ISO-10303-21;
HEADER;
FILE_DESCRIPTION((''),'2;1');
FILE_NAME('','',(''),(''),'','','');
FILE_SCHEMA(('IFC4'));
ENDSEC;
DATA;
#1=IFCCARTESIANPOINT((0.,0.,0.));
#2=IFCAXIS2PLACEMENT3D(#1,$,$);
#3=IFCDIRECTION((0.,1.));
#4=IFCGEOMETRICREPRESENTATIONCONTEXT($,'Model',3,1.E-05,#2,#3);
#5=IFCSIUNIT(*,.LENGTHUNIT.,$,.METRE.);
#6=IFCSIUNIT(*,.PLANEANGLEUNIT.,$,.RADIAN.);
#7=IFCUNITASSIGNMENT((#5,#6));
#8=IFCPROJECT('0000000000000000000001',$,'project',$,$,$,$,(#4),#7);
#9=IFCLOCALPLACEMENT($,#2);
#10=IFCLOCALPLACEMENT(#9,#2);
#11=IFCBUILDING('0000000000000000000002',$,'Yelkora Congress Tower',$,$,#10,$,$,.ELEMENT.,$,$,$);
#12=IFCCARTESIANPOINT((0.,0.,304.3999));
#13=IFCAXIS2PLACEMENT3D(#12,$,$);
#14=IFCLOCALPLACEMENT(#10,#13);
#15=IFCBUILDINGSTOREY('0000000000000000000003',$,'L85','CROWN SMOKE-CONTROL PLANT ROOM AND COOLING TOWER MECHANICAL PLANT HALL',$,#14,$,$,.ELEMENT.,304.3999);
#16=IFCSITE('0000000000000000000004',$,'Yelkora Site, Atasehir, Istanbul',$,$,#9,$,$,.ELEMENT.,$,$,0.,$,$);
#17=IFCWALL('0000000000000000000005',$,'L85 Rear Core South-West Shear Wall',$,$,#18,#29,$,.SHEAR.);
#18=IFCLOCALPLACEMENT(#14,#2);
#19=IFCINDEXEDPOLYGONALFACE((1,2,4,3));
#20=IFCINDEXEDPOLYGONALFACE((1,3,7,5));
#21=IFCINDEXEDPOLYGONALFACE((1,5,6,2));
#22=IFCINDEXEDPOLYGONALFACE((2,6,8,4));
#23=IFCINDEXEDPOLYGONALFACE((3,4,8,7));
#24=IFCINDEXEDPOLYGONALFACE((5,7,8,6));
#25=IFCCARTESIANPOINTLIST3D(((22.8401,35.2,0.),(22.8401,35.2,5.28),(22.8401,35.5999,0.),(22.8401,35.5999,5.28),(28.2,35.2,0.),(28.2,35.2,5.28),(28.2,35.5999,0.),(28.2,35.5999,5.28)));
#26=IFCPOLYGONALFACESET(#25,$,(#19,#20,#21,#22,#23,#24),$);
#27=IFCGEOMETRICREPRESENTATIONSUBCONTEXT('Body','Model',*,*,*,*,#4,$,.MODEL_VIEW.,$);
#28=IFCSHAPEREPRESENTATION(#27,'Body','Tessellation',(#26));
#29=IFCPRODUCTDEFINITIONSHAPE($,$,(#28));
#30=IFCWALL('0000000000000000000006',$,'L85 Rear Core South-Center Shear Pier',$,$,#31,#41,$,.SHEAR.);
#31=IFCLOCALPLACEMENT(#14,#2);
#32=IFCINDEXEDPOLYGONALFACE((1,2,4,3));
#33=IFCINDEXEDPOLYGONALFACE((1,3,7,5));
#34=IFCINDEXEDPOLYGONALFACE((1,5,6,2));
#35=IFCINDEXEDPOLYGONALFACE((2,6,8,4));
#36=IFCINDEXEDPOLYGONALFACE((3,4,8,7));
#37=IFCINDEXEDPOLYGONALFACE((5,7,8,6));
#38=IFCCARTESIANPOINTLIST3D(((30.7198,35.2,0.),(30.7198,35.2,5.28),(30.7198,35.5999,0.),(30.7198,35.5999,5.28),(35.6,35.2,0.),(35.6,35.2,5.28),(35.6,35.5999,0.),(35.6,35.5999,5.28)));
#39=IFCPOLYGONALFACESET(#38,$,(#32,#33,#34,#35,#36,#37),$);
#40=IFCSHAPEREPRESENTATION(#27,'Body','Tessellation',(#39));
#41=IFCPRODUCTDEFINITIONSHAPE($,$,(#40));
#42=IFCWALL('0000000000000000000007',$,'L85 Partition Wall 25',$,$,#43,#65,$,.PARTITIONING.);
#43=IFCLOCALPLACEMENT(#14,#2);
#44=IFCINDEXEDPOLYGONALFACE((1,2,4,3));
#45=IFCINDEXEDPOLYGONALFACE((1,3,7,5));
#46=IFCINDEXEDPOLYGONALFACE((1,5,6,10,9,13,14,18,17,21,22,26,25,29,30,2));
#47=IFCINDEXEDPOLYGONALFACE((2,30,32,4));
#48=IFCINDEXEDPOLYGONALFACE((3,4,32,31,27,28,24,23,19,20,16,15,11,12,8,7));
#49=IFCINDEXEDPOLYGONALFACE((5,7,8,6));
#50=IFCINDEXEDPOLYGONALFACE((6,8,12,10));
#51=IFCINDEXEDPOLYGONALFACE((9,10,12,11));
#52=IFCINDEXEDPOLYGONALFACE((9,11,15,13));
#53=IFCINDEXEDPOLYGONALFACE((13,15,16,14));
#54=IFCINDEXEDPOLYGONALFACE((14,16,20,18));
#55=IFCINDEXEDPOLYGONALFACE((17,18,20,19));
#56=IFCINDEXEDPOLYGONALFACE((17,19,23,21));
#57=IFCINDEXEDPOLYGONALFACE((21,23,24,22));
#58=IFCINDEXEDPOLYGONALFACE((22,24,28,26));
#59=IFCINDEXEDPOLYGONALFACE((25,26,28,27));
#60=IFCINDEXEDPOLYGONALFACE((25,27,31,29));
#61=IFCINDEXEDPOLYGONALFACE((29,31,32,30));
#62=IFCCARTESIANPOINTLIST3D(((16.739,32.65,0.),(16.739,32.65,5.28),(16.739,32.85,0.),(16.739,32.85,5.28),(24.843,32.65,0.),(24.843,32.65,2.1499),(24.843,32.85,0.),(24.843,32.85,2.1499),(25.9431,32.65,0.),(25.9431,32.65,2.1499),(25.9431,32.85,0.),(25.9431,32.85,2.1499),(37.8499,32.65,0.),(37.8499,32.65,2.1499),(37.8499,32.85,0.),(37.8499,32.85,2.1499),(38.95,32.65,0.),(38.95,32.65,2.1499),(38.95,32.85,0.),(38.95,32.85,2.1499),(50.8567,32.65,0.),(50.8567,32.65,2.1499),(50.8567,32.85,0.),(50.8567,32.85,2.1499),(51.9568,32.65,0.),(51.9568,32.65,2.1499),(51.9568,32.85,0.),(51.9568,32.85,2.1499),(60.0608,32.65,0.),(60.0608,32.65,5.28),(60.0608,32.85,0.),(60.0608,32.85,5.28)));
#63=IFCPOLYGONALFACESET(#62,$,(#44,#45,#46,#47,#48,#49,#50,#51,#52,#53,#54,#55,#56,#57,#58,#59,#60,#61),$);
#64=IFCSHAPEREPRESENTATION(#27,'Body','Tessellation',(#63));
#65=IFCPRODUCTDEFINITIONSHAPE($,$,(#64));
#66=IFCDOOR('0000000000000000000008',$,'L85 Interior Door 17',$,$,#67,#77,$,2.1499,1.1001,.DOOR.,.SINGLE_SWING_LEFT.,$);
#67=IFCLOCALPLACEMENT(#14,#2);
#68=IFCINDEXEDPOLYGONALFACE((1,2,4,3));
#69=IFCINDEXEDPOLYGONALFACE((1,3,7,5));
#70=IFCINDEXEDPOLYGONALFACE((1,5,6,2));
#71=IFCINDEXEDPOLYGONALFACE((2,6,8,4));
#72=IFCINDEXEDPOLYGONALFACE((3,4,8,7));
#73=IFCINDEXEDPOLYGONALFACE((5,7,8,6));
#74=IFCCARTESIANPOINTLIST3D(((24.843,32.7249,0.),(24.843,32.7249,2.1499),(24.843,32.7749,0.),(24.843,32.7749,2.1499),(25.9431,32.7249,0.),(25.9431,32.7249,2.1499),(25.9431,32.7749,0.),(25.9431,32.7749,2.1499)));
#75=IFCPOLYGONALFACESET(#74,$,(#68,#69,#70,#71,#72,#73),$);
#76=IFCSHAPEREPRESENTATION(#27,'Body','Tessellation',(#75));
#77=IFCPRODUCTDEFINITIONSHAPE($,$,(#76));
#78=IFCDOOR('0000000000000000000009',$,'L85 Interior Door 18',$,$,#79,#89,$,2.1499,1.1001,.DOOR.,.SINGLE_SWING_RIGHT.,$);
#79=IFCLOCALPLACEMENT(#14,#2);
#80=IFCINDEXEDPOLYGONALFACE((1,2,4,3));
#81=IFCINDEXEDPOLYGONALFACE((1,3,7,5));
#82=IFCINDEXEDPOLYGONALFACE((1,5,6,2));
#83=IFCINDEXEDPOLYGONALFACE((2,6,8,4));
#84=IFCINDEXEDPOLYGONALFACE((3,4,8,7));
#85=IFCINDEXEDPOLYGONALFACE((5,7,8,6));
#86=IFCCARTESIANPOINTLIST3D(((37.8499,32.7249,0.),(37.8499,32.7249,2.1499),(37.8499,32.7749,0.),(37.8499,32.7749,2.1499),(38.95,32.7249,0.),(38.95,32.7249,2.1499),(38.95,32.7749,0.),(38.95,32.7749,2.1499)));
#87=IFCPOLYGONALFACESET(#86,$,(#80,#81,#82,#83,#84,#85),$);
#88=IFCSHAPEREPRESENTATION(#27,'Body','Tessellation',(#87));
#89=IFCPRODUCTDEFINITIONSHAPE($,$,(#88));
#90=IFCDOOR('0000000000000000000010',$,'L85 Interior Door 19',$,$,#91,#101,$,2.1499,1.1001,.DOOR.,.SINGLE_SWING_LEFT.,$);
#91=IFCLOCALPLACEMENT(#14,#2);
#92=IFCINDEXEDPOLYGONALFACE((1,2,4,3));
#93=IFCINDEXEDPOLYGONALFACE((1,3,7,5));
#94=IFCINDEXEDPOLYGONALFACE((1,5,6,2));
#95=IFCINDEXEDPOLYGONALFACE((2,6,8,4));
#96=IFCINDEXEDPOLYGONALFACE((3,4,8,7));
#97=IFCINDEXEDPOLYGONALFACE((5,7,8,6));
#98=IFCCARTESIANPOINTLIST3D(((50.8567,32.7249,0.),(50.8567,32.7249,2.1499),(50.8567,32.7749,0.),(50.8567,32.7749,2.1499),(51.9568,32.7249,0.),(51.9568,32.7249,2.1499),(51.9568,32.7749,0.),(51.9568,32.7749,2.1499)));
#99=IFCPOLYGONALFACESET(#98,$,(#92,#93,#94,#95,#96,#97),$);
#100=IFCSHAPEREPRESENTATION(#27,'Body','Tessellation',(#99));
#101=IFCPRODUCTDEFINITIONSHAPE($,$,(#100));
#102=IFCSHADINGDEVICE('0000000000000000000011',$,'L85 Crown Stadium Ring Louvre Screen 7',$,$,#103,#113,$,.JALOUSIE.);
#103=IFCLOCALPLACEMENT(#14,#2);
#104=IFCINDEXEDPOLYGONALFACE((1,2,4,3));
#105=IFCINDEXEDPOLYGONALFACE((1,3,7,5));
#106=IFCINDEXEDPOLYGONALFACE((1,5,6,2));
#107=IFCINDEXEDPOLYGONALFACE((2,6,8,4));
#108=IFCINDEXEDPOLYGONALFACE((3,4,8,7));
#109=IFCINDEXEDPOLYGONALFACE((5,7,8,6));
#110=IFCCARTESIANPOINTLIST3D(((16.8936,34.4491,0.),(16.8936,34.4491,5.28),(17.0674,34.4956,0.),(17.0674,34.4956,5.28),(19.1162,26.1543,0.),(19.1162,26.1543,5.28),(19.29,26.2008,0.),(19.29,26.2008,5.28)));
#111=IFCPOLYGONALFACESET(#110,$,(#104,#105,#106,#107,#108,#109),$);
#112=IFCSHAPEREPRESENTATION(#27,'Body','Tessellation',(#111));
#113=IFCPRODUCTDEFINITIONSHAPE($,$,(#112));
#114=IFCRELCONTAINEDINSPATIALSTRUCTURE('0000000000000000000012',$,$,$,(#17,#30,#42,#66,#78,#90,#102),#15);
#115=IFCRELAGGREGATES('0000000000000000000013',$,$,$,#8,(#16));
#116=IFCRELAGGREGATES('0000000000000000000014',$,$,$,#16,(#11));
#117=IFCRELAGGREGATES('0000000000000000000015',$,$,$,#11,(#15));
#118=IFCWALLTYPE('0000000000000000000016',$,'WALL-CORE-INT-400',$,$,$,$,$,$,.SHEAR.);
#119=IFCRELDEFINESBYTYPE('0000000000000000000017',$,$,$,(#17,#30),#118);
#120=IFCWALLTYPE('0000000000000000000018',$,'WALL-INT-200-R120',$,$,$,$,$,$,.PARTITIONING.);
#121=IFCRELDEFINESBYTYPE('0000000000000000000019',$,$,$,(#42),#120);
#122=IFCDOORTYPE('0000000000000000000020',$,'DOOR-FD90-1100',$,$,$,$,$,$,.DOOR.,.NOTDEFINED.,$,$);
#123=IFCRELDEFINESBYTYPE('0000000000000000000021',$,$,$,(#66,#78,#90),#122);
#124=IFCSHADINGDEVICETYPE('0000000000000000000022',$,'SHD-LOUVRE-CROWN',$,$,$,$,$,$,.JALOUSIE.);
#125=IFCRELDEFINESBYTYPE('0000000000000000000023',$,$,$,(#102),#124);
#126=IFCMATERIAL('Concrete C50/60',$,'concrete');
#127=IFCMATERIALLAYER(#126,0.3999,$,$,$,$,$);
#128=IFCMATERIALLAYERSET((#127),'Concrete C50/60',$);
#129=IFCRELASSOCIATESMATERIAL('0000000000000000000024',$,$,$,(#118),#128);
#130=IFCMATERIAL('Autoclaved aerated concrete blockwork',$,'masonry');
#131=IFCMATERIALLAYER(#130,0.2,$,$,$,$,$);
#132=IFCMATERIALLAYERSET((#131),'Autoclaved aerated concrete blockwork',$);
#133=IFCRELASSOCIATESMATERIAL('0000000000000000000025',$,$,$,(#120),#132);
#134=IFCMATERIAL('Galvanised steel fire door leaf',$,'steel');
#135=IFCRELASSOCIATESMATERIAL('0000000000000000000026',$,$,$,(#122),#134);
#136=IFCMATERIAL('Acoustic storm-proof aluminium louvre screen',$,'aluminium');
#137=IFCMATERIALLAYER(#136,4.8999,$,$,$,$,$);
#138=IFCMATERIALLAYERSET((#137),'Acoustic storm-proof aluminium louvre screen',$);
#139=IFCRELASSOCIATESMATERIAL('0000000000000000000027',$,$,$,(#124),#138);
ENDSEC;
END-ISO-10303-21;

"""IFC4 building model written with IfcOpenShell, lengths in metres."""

from ifc_helpers import new_model, si_unit, direction, frame, frame_2d, origin, origin_2d, place, context, subcontext, project, spatial, rectangle, extrude, material, layer, layer_set, type_object, element, fill, save


model = new_model("IFC4")

# Units and contexts
model_context = context("Model", 3, precision=1e-05, world=origin(), true_north=direction((0.0, 1.0)))
body_context = subcontext(model_context, "Body", "Model", "MODEL_VIEW")
ifc_project = project(units=[si_unit("LENGTHUNIT", "METRE"), si_unit("PLANEANGLEUNIT", "RADIAN")], contexts=[model_context])

# Site, building, storey
site_placement = place(None, origin())
site = spatial("IfcSite", under=ifc_project, at=site_placement, Name="Yelkora Site, Atasehir, Istanbul", CompositionType="ELEMENT", RefElevation=0.0)
building_placement = place(site_placement, origin())
building = spatial("IfcBuilding", under=site, at=building_placement, Name="Yelkora Congress Tower", CompositionType="ELEMENT")
storey_placement = place(building_placement, frame((0.0, 0.0, 304.3999)))
storey = spatial("IfcBuildingStorey", under=building, at=storey_placement, Name="L85", Description="CROWN SMOKE-CONTROL PLANT ROOM AND COOLING TOWER MECHANICAL PLANT HALL", CompositionType="ELEMENT", Elevation=304.3999)

# Walls
ifc_material_1 = material(Name="Concrete C50/60", Category="concrete")
ifc_layer_1 = layer(ifc_material_1, 0.3999)
ifc_layer_set_1 = layer_set([ifc_layer_1], Name="Concrete C50/60")
wall_type_1 = type_object("IfcWallType", Name="WALL-CORE-INT-400", PredefinedType="SHEAR", material=ifc_layer_set_1)
wall_1_placement = place(storey_placement, frame((22.8401, 35.3999, 0.0), z_axis=(0.0, 0.0, 1.0), x_axis=(1.0, 0.0, 0.0)))
element("IfcWall", 1, at=wall_1_placement, inside=storey, type_object=wall_type_1, Name="L85 Rear Core South-West Shear Wall", PredefinedType="SHEAR", context=body_context, shape_type="SweptSolid", body=[
    extrude(rectangle(XDim=5.3599, YDim=0.3999, at=frame_2d((2.6799, 0.0))), origin(), (0.0, 0.0, 1.0), 5.28),
])
wall_2_placement = place(storey_placement, frame((30.72, 35.3999, 0.0), z_axis=(0.0, 0.0, 1.0), x_axis=(1.0, 0.0, 0.0)))
element("IfcWall", 2, at=wall_2_placement, inside=storey, type_object=wall_type_1, Name="L85 Rear Core South-Center Shear Pier", PredefinedType="SHEAR", context=body_context, shape_type="SweptSolid", body=[
    extrude(rectangle(XDim=4.8801, YDim=0.3999, at=frame_2d((2.4399, 0.0))), origin(), (0.0, 0.0, 1.0), 5.28),
])

# Shared definitions
ifc_material_2 = material(Name="Autoclaved aerated concrete blockwork", Category="masonry")
ifc_layer_2 = layer(ifc_material_2, 0.2)
ifc_layer_set_2 = layer_set([ifc_layer_2], Name="Autoclaved aerated concrete blockwork")
wall_type_2 = type_object("IfcWallType", Name="WALL-INT-200-R120", PredefinedType="PARTITIONING", material=ifc_layer_set_2)
ifc_material_3 = material(Name="Galvanised steel fire door leaf", Category="steel")
door_type = type_object("IfcDoorType", Name="DOOR-FD90-1100", OperationType="NOTDEFINED", PredefinedType="DOOR", material=ifc_material_3)

# Wall, openings, doors
wall_3_placement = place(storey_placement, frame((16.739, 32.75, 0.0), z_axis=(0.0, 0.0, 1.0), x_axis=(1.0, 0.0, 0.0)))
wall_3 = element("IfcWall", 3, at=wall_3_placement, inside=storey, type_object=wall_type_2, Name="L85 Partition Wall 25", PredefinedType="PARTITIONING", context=body_context, shape_type="SweptSolid", body=[
    extrude(rectangle(XDim=43.3218, YDim=0.2, at=frame_2d((21.6609, 0.0))), origin(), (0.0, 0.0, 1.0), 5.28),
])
opening_1_placement = place(wall_3_placement, frame((8.104, 0.0, 0.0)))
opening_1 = element("IfcOpeningElement", 4, at=opening_1_placement, cuts=wall_3, PredefinedType="OPENING", context=body_context, shape_type="SweptSolid", body=[
    extrude(rectangle(XDim=1.1001, YDim=2.1499, at=frame_2d((0.55, 1.075))), frame((0.0, 0.1099, 0.0), z_axis=(0.0, -1.0, 0.0), x_axis=(1.0, 0.0, 0.0)), (0.0, 0.0, 1.0), 0.22),
])
opening_2_placement = place(wall_3_placement, frame((21.1108, 0.0, 0.0)))
opening_2 = element("IfcOpeningElement", 5, at=opening_2_placement, cuts=wall_3, PredefinedType="OPENING", context=body_context, shape_type="SweptSolid", body=[
    extrude(rectangle(XDim=1.1001, YDim=2.1499, at=frame_2d((0.55, 1.075))), frame((0.0, 0.1099, 0.0), z_axis=(0.0, -1.0, 0.0), x_axis=(1.0, 0.0, 0.0)), (0.0, 0.0, 1.0), 0.22),
])
opening_3_placement = place(wall_3_placement, frame((34.1177, 0.0, 0.0)))
opening_3 = element("IfcOpeningElement", 6, at=opening_3_placement, cuts=wall_3, PredefinedType="OPENING", context=body_context, shape_type="SweptSolid", body=[
    extrude(rectangle(XDim=1.1001, YDim=2.1499, at=frame_2d((0.55, 1.075))), frame((0.0, 0.1099, 0.0), z_axis=(0.0, -1.0, 0.0), x_axis=(1.0, 0.0, 0.0)), (0.0, 0.0, 1.0), 0.22),
])
door_1_placement = place(opening_1_placement, origin())
door_1 = element("IfcDoor", 7, at=door_1_placement, inside=storey, type_object=door_type, Name="L85 Interior Door 17", OperationType="SINGLE_SWING_LEFT", OverallHeight=2.1499, OverallWidth=1.1001, PredefinedType="DOOR", context=body_context, shape_type="SweptSolid", body=[
    extrude(rectangle(XDim=1.1001, YDim=2.1499, at=frame_2d((0.55, 1.075))), frame((0.0, 0.0249, 0.0), z_axis=(0.0, -1.0, 0.0), x_axis=(1.0, 0.0, 0.0)), (0.0, 0.0, 1.0), 0.05),
])
fill(opening_1, door_1)
door_2_placement = place(opening_2_placement, origin())
door_2 = element("IfcDoor", 8, at=door_2_placement, inside=storey, type_object=door_type, Name="L85 Interior Door 18", OperationType="SINGLE_SWING_RIGHT", OverallHeight=2.1499, OverallWidth=1.1001, PredefinedType="DOOR", context=body_context, shape_type="SweptSolid", body=[
    extrude(rectangle(XDim=1.1001, YDim=2.1499, at=frame_2d((0.55, 1.075))), frame((0.0, 0.0249, 0.0), z_axis=(0.0, -1.0, 0.0), x_axis=(1.0, 0.0, 0.0)), (0.0, 0.0, 1.0), 0.05),
])
fill(opening_2, door_2)
door_3_placement = place(opening_3_placement, origin())
door_3 = element("IfcDoor", 9, at=door_3_placement, inside=storey, type_object=door_type, Name="L85 Interior Door 19", OperationType="SINGLE_SWING_LEFT", OverallHeight=2.1499, OverallWidth=1.1001, PredefinedType="DOOR", context=body_context, shape_type="SweptSolid", body=[
    extrude(rectangle(XDim=1.1001, YDim=2.1499, at=frame_2d((0.55, 1.075))), frame((0.0, 0.0249, 0.0), z_axis=(0.0, -1.0, 0.0), x_axis=(1.0, 0.0, 0.0)), (0.0, 0.0, 1.0), 0.05),
])
fill(opening_3, door_3)

# Shading device
ifc_material_4 = material(Name="Acoustic storm-proof aluminium louvre screen", Category="aluminium")
ifc_layer_3 = layer(ifc_material_4, 4.8999)
ifc_layer_set_3 = layer_set([ifc_layer_3], Name="Acoustic storm-proof aluminium louvre screen")
shading_device_type = type_object("IfcShadingDeviceType", Name="SHD-LOUVRE-CROWN", PredefinedType="JALOUSIE", material=ifc_layer_set_3)
shading_device_placement = place(storey_placement, frame((18.0918, 30.325, 0.0), z_axis=(0.0, 0.0, 1.0), x_axis=(0.258819, -0.965926, 0.0)))
element("IfcShadingDevice", 10, at=shading_device_placement, inside=storey, type_object=shading_device_type, Name="L85 Crown Stadium Ring Louvre Screen 7", PredefinedType="JALOUSIE", context=body_context, shape_type="SweptSolid", body=[
    extrude(rectangle(XDim=8.5874, YDim=0.1799, at=origin_2d()), origin(), (0.0, 0.0, 1.0), 5.28),
])

save(model, "model.ifc")
